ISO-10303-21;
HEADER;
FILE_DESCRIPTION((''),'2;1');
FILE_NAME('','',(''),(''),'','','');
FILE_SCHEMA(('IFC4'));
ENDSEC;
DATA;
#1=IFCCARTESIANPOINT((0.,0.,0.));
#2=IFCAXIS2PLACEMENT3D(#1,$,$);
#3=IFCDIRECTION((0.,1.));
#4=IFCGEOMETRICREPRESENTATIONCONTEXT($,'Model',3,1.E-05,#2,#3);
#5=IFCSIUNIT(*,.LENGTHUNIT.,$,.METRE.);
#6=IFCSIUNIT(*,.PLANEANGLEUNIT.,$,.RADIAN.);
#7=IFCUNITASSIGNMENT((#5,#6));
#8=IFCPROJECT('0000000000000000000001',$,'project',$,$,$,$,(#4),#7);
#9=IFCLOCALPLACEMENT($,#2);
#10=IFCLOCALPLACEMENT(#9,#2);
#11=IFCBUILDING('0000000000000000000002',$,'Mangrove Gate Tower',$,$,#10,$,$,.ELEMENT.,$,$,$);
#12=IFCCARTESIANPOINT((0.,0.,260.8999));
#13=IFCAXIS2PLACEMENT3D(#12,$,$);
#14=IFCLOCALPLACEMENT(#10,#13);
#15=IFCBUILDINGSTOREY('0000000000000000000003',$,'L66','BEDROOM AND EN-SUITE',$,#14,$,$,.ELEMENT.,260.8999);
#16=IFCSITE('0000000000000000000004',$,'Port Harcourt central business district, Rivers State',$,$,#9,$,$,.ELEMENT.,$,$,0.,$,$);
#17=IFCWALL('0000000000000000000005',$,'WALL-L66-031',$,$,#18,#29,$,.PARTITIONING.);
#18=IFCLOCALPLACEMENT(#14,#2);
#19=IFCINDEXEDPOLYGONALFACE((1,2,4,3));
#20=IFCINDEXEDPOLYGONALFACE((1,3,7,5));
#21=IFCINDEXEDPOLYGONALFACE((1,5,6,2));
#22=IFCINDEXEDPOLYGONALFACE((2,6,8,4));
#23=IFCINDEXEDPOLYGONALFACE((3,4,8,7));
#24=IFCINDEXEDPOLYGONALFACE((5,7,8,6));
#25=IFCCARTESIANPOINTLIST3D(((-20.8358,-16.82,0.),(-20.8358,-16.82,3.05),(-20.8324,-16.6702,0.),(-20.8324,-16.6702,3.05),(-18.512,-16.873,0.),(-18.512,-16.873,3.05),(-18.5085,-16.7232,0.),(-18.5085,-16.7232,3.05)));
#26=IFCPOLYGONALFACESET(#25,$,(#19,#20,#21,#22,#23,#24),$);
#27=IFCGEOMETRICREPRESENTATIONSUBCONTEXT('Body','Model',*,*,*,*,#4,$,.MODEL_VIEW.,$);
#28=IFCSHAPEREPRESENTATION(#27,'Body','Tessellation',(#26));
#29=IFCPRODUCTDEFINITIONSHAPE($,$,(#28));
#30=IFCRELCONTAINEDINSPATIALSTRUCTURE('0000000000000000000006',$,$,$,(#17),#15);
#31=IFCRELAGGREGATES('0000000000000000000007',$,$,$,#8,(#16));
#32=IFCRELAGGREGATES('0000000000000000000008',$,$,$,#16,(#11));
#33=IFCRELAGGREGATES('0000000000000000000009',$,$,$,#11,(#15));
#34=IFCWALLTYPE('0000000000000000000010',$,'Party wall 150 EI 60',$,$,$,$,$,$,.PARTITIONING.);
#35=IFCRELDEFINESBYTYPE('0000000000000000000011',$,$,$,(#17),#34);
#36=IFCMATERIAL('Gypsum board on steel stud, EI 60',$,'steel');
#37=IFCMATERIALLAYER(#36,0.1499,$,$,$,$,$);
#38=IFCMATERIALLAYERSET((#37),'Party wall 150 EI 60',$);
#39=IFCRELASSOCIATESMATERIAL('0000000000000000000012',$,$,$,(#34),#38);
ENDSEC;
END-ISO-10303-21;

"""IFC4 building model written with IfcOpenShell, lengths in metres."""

from ifc_helpers import new_model, si_unit, direction, frame, frame_2d, origin, place, context, subcontext, project, spatial, rectangle, extrude, material, layer, layer_set, type_object, element, save


model = new_model("IFC4")

# Units and contexts
model_context = context("Model", 3, precision=1e-05, world=origin(), true_north=direction((0.0, 1.0)))
body_context = subcontext(model_context, "Body", "Model", "MODEL_VIEW")
ifc_project = project(units=[si_unit("LENGTHUNIT", "METRE"), si_unit("PLANEANGLEUNIT", "RADIAN")], contexts=[model_context])

# Site, building, storey
site_placement = place(None, origin())
site = spatial("IfcSite", under=ifc_project, at=site_placement, Name="Port Harcourt central business district, Rivers State", CompositionType="ELEMENT", RefElevation=0.0)
building_placement = place(site_placement, origin())
building = spatial("IfcBuilding", under=site, at=building_placement, Name="Mangrove Gate Tower", CompositionType="ELEMENT")
storey_placement = place(building_placement, frame((0.0, 0.0, 260.8999)))
storey = spatial("IfcBuildingStorey", under=building, at=storey_placement, Name="L66", Description="BEDROOM AND EN-SUITE", CompositionType="ELEMENT", Elevation=260.8999)

# Wall
ifc_material_1 = material(Name="Gypsum board on steel stud, EI 60", Category="steel")
ifc_layer_1 = layer(ifc_material_1, 0.1499)
ifc_layer_set_1 = layer_set([ifc_layer_1], Name="Party wall 150 EI 60")
wall_type_1 = type_object("IfcWallType", Name="Party wall 150 EI 60", PredefinedType="PARTITIONING", material=ifc_layer_set_1)
wall_1_placement = place(storey_placement, frame((-20.834, -16.7451, 0.0), z_axis=(0.0, 0.0, 1.0), x_axis=(0.99974, -0.022791, 0.0)))
element("IfcWall", 1, at=wall_1_placement, inside=storey, type_object=wall_type_1, Name="WALL-L66-031", PredefinedType="PARTITIONING", context=body_context, shape_type="SweptSolid", body=[
    extrude(rectangle(XDim=2.3245, YDim=0.1499, at=frame_2d((1.1621, 0.0))), origin(), (0.0, 0.0, 1.0), 3.05),
])

save(model, "model.ifc")
